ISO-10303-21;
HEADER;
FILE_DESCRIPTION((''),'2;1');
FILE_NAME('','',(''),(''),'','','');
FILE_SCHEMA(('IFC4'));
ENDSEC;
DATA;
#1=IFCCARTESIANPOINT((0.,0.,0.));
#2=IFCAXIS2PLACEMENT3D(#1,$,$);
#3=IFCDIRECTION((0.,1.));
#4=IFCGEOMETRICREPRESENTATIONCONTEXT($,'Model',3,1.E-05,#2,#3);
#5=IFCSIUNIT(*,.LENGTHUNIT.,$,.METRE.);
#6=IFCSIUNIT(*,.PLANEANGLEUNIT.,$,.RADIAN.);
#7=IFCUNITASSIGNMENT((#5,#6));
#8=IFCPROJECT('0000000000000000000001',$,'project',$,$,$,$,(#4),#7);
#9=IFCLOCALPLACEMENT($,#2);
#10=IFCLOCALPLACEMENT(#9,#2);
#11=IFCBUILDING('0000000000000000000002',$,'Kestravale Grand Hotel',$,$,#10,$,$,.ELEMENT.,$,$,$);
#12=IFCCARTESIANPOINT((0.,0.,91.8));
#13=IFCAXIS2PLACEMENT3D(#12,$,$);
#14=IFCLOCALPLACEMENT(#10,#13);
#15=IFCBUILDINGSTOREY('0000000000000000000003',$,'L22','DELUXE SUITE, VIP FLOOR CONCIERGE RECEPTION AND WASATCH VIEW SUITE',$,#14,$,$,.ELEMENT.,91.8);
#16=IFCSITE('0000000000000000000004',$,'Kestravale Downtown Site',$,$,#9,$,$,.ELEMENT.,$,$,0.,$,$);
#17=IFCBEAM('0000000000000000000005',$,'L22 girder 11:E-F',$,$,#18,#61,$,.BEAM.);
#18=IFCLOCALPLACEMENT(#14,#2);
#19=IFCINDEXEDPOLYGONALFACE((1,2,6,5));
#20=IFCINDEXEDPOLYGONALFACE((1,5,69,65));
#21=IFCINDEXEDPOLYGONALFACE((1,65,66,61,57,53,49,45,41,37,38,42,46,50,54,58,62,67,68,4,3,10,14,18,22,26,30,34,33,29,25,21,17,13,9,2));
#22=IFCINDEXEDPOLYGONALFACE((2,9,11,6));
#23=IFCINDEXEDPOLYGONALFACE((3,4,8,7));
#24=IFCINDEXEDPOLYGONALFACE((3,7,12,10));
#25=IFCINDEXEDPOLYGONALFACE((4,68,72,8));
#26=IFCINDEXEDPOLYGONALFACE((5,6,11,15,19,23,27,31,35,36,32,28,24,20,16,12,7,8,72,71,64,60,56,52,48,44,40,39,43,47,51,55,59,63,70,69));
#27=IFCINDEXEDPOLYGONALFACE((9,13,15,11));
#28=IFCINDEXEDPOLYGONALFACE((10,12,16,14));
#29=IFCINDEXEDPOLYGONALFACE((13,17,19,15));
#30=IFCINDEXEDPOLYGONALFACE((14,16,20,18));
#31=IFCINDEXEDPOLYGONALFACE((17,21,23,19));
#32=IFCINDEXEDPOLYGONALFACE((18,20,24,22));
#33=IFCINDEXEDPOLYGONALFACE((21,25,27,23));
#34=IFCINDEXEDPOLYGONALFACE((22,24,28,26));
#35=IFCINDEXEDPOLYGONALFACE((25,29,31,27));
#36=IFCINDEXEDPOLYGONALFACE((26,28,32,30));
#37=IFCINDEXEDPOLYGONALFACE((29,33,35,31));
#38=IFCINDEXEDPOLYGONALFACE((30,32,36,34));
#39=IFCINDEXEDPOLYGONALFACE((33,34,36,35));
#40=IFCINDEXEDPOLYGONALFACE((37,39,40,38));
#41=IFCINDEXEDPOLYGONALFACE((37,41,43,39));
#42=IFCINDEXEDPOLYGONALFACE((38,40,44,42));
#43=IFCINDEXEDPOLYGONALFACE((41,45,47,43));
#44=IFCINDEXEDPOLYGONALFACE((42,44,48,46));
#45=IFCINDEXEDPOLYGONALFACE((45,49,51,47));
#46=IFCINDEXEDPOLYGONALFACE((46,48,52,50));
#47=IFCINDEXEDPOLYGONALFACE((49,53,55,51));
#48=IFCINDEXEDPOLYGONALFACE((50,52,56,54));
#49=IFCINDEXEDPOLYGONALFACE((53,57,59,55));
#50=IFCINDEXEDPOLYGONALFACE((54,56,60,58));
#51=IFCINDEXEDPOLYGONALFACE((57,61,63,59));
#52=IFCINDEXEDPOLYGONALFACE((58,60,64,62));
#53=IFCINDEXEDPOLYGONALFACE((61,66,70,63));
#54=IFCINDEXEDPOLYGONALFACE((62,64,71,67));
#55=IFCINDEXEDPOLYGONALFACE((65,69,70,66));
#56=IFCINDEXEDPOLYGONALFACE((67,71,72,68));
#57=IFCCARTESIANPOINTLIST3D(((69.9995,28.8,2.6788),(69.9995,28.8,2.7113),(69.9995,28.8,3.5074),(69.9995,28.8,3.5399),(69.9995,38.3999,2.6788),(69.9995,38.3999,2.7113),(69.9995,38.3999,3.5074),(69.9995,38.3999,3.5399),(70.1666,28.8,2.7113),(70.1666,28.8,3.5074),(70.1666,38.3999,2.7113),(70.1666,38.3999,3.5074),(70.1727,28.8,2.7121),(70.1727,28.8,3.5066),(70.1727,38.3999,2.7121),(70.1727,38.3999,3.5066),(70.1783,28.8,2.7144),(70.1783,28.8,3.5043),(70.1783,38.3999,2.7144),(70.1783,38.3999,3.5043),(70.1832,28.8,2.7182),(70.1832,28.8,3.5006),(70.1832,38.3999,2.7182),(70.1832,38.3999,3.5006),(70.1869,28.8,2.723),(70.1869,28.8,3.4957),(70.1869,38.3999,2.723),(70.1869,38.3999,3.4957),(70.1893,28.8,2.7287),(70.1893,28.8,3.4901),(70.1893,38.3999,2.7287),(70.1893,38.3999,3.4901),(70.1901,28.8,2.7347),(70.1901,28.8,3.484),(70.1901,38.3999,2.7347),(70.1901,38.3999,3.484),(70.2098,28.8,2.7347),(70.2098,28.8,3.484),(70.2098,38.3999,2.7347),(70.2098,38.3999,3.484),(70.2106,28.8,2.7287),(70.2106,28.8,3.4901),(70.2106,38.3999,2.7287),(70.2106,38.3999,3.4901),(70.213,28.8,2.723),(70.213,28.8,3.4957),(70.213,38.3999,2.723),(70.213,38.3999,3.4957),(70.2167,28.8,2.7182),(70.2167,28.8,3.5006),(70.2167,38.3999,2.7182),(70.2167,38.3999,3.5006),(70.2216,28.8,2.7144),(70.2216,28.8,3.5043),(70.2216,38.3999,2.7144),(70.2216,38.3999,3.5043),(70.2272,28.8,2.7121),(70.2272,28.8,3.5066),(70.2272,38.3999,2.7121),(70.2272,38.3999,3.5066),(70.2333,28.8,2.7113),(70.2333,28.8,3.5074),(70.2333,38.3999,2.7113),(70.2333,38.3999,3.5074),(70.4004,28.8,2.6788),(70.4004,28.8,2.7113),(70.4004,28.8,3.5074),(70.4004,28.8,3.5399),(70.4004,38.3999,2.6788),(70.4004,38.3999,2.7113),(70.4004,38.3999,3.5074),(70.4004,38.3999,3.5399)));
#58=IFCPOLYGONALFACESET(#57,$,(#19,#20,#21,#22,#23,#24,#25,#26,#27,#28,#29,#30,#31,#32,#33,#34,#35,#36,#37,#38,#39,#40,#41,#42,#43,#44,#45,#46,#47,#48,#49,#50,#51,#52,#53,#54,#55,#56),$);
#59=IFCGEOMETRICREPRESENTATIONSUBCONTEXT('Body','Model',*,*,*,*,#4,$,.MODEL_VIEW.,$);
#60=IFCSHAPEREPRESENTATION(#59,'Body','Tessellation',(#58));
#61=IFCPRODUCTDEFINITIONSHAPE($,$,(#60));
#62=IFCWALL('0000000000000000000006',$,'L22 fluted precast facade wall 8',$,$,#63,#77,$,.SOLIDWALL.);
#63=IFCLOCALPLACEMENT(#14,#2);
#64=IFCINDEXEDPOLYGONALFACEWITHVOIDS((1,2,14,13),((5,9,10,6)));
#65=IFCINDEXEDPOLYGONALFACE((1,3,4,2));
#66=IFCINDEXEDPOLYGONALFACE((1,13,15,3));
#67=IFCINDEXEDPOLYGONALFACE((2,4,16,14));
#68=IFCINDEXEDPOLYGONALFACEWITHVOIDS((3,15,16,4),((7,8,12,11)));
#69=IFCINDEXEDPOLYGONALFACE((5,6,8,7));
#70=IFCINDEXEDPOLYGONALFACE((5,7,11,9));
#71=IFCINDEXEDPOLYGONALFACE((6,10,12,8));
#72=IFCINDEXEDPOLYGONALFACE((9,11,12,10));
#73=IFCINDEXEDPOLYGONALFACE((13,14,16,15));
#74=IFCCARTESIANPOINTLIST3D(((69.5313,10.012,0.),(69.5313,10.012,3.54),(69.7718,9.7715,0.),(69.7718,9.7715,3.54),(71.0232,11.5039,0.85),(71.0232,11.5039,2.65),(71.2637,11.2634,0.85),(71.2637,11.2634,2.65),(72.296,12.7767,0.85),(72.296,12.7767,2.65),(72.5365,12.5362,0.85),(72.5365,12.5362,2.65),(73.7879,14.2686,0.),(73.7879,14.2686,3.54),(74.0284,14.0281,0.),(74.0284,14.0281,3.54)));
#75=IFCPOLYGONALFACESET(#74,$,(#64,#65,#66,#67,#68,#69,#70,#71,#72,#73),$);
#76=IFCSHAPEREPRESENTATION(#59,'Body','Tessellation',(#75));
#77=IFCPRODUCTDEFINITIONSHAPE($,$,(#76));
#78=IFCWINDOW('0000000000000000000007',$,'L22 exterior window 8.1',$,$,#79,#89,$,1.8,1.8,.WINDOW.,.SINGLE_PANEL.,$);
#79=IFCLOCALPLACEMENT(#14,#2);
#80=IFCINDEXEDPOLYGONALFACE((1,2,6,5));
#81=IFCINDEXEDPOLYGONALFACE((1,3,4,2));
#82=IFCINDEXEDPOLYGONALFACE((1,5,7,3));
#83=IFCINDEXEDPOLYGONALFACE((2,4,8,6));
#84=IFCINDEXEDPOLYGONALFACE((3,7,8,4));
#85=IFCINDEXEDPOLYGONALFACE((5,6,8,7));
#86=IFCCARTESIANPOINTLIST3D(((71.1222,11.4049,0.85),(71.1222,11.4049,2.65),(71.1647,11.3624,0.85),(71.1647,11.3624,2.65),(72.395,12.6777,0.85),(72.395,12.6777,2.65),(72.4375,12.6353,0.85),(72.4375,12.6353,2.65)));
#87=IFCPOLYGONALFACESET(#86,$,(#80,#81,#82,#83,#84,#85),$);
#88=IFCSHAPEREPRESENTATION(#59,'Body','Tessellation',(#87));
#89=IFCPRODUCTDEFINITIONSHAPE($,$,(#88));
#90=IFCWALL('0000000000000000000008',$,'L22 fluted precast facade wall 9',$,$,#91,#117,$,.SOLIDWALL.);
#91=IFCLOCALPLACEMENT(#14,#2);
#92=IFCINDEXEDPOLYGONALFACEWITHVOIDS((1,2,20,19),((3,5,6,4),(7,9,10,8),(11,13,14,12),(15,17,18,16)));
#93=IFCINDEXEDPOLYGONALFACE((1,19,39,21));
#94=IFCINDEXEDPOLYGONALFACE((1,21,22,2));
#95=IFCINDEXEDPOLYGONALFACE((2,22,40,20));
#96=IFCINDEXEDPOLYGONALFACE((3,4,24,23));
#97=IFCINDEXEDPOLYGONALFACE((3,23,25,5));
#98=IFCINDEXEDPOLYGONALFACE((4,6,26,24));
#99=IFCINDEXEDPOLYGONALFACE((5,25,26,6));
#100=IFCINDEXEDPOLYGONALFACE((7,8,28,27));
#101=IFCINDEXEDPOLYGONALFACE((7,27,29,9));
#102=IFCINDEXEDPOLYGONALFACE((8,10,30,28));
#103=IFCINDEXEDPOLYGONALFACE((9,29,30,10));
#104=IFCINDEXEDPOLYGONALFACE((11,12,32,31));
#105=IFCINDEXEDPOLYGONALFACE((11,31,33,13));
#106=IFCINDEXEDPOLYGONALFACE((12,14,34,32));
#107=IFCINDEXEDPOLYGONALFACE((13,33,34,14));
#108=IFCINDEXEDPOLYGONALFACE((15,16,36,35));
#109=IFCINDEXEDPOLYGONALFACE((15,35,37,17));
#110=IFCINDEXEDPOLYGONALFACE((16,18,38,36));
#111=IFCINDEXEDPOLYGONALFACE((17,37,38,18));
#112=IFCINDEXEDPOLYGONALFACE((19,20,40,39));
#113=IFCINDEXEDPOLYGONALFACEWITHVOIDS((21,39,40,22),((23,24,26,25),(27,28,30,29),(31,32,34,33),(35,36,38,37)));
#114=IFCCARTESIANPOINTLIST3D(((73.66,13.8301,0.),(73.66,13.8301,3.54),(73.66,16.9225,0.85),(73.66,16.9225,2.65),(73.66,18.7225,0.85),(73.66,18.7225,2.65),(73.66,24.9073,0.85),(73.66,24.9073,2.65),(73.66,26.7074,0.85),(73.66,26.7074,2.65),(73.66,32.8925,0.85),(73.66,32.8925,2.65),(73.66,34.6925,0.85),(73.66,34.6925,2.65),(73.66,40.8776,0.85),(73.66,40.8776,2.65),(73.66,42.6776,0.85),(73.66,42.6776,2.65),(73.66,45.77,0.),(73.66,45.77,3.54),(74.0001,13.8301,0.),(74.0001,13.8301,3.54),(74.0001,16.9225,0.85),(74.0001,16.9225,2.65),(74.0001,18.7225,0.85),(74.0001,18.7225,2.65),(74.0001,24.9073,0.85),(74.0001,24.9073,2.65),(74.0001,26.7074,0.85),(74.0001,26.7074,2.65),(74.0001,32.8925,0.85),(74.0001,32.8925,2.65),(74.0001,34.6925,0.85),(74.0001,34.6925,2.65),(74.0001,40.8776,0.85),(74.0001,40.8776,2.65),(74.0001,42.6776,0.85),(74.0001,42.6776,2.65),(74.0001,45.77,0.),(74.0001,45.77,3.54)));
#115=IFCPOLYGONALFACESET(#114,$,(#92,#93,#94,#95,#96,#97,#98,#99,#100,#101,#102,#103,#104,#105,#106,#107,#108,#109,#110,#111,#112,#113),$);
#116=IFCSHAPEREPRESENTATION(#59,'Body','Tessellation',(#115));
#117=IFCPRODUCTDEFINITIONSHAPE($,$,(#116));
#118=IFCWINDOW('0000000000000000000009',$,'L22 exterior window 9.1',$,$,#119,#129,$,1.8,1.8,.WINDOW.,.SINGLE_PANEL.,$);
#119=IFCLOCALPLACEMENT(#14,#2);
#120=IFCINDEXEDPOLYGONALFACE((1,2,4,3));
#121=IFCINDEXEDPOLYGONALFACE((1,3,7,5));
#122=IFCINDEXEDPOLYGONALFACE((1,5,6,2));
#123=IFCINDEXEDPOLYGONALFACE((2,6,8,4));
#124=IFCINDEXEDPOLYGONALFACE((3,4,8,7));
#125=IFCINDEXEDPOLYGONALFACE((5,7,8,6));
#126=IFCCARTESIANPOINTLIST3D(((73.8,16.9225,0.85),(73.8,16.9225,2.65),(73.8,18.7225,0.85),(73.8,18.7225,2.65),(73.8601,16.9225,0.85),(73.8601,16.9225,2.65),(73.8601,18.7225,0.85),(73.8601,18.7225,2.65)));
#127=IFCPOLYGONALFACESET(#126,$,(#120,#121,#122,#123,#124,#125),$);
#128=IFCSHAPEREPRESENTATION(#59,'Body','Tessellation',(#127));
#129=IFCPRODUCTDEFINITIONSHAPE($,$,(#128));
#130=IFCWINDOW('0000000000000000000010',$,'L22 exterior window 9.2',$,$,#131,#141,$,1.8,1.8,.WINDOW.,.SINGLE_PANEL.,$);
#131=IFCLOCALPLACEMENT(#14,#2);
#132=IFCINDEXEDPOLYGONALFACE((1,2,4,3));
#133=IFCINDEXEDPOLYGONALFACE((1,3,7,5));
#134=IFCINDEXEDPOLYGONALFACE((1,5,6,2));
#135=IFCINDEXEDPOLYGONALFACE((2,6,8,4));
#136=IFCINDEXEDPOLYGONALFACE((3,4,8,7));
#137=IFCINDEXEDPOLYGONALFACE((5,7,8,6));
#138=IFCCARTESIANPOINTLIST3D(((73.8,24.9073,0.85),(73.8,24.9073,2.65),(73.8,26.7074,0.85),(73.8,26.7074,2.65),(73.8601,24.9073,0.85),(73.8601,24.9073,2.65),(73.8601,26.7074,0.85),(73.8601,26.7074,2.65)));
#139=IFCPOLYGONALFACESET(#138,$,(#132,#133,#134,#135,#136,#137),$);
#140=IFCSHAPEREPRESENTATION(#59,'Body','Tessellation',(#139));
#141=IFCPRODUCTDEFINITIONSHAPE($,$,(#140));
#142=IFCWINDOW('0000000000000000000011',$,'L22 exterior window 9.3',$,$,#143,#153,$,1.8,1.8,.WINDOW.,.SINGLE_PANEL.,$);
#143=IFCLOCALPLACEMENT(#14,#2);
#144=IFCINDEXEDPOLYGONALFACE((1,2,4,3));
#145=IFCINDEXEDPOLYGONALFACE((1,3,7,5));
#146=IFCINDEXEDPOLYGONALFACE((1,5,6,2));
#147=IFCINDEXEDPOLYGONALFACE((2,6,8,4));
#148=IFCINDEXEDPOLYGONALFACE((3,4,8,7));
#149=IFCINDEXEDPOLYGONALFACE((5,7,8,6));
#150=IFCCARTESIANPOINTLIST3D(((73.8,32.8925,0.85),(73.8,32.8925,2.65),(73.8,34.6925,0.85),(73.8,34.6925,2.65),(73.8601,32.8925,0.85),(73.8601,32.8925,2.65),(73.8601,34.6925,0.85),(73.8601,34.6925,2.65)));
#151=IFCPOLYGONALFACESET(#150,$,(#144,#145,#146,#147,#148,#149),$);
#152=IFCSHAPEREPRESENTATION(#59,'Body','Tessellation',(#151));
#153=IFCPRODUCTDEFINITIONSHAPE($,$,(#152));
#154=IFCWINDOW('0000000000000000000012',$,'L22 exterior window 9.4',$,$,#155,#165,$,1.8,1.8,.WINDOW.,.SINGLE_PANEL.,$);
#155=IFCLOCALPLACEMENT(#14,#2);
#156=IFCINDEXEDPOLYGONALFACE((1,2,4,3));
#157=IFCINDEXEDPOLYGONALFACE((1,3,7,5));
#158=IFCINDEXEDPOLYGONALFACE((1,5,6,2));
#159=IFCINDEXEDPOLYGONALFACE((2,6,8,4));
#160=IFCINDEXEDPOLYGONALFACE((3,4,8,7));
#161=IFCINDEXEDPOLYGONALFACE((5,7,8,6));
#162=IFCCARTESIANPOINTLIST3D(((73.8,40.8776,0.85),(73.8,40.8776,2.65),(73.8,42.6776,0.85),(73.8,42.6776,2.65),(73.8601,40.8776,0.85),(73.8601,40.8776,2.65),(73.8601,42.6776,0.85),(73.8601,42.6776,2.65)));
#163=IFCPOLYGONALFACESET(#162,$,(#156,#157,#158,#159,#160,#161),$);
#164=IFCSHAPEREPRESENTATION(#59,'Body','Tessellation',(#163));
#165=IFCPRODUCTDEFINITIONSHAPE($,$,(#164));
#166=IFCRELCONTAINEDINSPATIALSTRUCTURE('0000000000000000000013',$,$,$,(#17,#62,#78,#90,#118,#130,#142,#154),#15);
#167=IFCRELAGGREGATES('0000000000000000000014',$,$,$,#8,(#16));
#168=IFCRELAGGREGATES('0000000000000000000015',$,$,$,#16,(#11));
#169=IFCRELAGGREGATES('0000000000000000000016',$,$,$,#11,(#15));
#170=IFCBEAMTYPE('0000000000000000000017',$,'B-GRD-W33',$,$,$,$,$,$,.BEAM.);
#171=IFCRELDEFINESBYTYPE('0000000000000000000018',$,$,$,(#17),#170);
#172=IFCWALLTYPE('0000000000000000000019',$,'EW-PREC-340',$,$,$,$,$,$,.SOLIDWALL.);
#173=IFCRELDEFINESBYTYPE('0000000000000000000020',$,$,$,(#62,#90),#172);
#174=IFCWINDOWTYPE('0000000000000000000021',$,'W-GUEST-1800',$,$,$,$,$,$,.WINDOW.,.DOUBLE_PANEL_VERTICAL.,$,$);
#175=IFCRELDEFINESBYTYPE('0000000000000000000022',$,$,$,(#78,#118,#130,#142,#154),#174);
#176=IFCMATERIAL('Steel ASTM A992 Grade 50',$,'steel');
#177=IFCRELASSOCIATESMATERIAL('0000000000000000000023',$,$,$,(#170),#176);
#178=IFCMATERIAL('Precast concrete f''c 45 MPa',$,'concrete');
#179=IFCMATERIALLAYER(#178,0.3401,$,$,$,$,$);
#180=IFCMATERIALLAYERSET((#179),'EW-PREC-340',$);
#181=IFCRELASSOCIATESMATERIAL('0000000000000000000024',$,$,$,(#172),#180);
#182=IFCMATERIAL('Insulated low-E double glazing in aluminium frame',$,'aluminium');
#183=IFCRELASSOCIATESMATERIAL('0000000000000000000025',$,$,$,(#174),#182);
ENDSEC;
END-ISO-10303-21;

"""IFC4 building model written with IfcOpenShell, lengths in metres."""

from ifc_helpers import new_model, si_unit, direction, frame, frame_2d, origin, origin_2d, place, context, subcontext, project, spatial, rectangle, i_section, extrude, material, layer, layer_set, material_profile, profile_set, type_object, element, fill, save


model = new_model("IFC4")

# Units and contexts
model_context = context("Model", 3, precision=1e-05, world=origin(), true_north=direction((0.0, 1.0)))
body_context = subcontext(model_context, "Body", "Model", "MODEL_VIEW")
ifc_project = project(units=[si_unit("LENGTHUNIT", "METRE"), si_unit("PLANEANGLEUNIT", "RADIAN")], contexts=[model_context])

# Site, building, storey
site_placement = place(None, origin())
site = spatial("IfcSite", under=ifc_project, at=site_placement, Name="Kestravale Downtown Site", CompositionType="ELEMENT", RefElevation=0.0)
building_placement = place(site_placement, origin())
building = spatial("IfcBuilding", under=site, at=building_placement, Name="Kestravale Grand Hotel", CompositionType="ELEMENT")
storey_placement = place(building_placement, frame((0.0, 0.0, 91.8)))
storey = spatial("IfcBuildingStorey", under=building, at=storey_placement, Name="L22", Description="DELUXE SUITE, VIP FLOOR CONCIERGE RECEPTION AND WASATCH VIEW SUITE", CompositionType="ELEMENT", Elevation=91.8)

# Beam
ifc_material_1 = material(Name="Steel ASTM A992 Grade 50", Category="steel")
ifc_material_profile_1 = material_profile(ifc_material_1, i_section(OverallWidth=0.4009, OverallDepth=0.8611, WebThickness=0.0198, FlangeThickness=0.0325, FilletRadius=0.0234, at=origin_2d()))
ifc_profile_set_1 = profile_set([ifc_material_profile_1], Name="Steel ASTM A992 Grade 50")
beam_type_1 = type_object("IfcBeamType", Name="B-GRD-W33", PredefinedType="BEAM", material=ifc_profile_set_1)
beam_1_placement = place(storey_placement, frame((70.2, 28.8, 3.1094), z_axis=(0.0, 1.0, 0.0), x_axis=(-1.0, 0.0, 0.0)))
element("IfcBeam", 1, at=beam_1_placement, inside=storey, type_object=beam_type_1, Name="L22 girder 11:E-F", PredefinedType="BEAM", context=body_context, shape_type="SweptSolid", body=[
    extrude(i_section(OverallWidth=0.4009, OverallDepth=0.8611, WebThickness=0.0198, FlangeThickness=0.0325, FilletRadius=0.0234, at=origin_2d()), origin(), (0.0, 0.0, 1.0), 9.5999),
])

# Wall, opening, window
ifc_material_2 = material(Name="Precast concrete f'c 45 MPa", Category="concrete")
ifc_layer_1 = layer(ifc_material_2, 0.3401)
ifc_layer_set_1 = layer_set([ifc_layer_1], Name="EW-PREC-340")
wall_type_1 = type_object("IfcWallType", Name="EW-PREC-340", PredefinedType="SOLIDWALL", material=ifc_layer_set_1)
wall_1_placement = place(storey_placement, frame((69.6516, 9.8918, 0.0), z_axis=(0.0, 0.0, 1.0), x_axis=(0.707107, 0.707107, 0.0)))
wall_1 = element("IfcWall", 2, at=wall_1_placement, inside=storey, type_object=wall_type_1, Name="L22 fluted precast facade wall 8", PredefinedType="SOLIDWALL", context=body_context, shape_type="SweptSolid", body=[
    extrude(rectangle(XDim=6.0198, YDim=0.3401, at=frame_2d((3.0098, 0.0))), origin(), (0.0, 0.0, 1.0), 3.54),
])
opening_1_placement = place(wall_1_placement, frame((2.1099, 0.0, 0.8501)))
opening_1 = element("IfcOpeningElement", 3, at=opening_1_placement, cuts=wall_1, PredefinedType="OPENING", context=body_context, shape_type="SweptSolid", body=[
    extrude(rectangle(XDim=1.8, YDim=1.8, at=frame_2d((0.8999, 0.8999))), frame((0.0, 0.1799, 0.0), z_axis=(0.0, -1.0, 0.0), x_axis=(1.0, 0.0, 0.0)), (0.0, 0.0, 1.0), 0.3601),
])
ifc_material_3 = material(Name="Insulated low-E double glazing in aluminium frame", Category="aluminium")
window_type = type_object("IfcWindowType", Name="W-GUEST-1800", PartitioningType="DOUBLE_PANEL_VERTICAL", PredefinedType="WINDOW", material=ifc_material_3)
window_1_placement = place(opening_1_placement, origin())
window_1 = element("IfcWindow", 4, at=window_1_placement, inside=storey, type_object=window_type, Name="L22 exterior window 8.1", OverallHeight=1.8, OverallWidth=1.8, PartitioningType="SINGLE_PANEL", PredefinedType="WINDOW", context=body_context, shape_type="SweptSolid", body=[
    extrude(rectangle(XDim=1.8, YDim=1.8, at=frame_2d((0.8999, 0.8999))), frame((0.0, 0.03, 0.0), z_axis=(0.0, -1.0, 0.0), x_axis=(1.0, 0.0, 0.0)), (0.0, 0.0, 1.0), 0.0601),
])
fill(opening_1, window_1)

# Wall, openings, windows
wall_2_placement = place(storey_placement, frame((73.8301, 13.8301, 0.0), z_axis=(0.0, 0.0, 1.0), x_axis=(0.0, 1.0, 0.0)))
wall_2 = element("IfcWall", 5, at=wall_2_placement, inside=storey, type_object=wall_type_1, Name="L22 fluted precast facade wall 9", PredefinedType="SOLIDWALL", context=body_context, shape_type="SweptSolid", body=[
    extrude(rectangle(XDim=31.9399, YDim=0.3401, at=frame_2d((15.97, 0.0))), origin(), (0.0, 0.0, 1.0), 3.54),
])
opening_2_placement = place(wall_2_placement, frame((3.0925, 0.0, 0.8501)))
opening_2 = element("IfcOpeningElement", 6, at=opening_2_placement, cuts=wall_2, PredefinedType="OPENING", context=body_context, shape_type="SweptSolid", body=[
    extrude(rectangle(XDim=1.8, YDim=1.8, at=frame_2d((0.8999, 0.8999))), frame((0.0, 0.1799, 0.0), z_axis=(0.0, -1.0, 0.0), x_axis=(1.0, 0.0, 0.0)), (0.0, 0.0, 1.0), 0.3601),
])
opening_3_placement = place(wall_2_placement, frame((11.0774, 0.0, 0.8501)))
opening_3 = element("IfcOpeningElement", 7, at=opening_3_placement, cuts=wall_2, PredefinedType="OPENING", context=body_context, shape_type="SweptSolid", body=[
    extrude(rectangle(XDim=1.8, YDim=1.8, at=frame_2d((0.8999, 0.8999))), frame((0.0, 0.1799, 0.0), z_axis=(0.0, -1.0, 0.0), x_axis=(1.0, 0.0, 0.0)), (0.0, 0.0, 1.0), 0.3601),
])
opening_4_placement = place(wall_2_placement, frame((19.0625, 0.0, 0.8501)))
opening_4 = element("IfcOpeningElement", 8, at=opening_4_placement, cuts=wall_2, PredefinedType="OPENING", context=body_context, shape_type="SweptSolid", body=[
    extrude(rectangle(XDim=1.8, YDim=1.8, at=frame_2d((0.8999, 0.8999))), frame((0.0, 0.1799, 0.0), z_axis=(0.0, -1.0, 0.0), x_axis=(1.0, 0.0, 0.0)), (0.0, 0.0, 1.0), 0.3601),
])
opening_5_placement = place(wall_2_placement, frame((27.0476, 0.0, 0.8501)))
opening_5 = element("IfcOpeningElement", 9, at=opening_5_placement, cuts=wall_2, PredefinedType="OPENING", context=body_context, shape_type="SweptSolid", body=[
    extrude(rectangle(XDim=1.8, YDim=1.8, at=frame_2d((0.8999, 0.8999))), frame((0.0, 0.1799, 0.0), z_axis=(0.0, -1.0, 0.0), x_axis=(1.0, 0.0, 0.0)), (0.0, 0.0, 1.0), 0.3601),
])
window_2_placement = place(opening_2_placement, origin())
window_2 = element("IfcWindow", 10, at=window_2_placement, inside=storey, type_object=window_type, Name="L22 exterior window 9.1", OverallHeight=1.8, OverallWidth=1.8, PartitioningType="SINGLE_PANEL", PredefinedType="WINDOW", context=body_context, shape_type="SweptSolid", body=[
    extrude(rectangle(XDim=1.8, YDim=1.8, at=frame_2d((0.8999, 0.8999))), frame((0.0, 0.03, 0.0), z_axis=(0.0, -1.0, 0.0), x_axis=(1.0, 0.0, 0.0)), (0.0, 0.0, 1.0), 0.0601),
])
fill(opening_2, window_2)
window_3_placement = place(opening_3_placement, origin())
window_3 = element("IfcWindow", 11, at=window_3_placement, inside=storey, type_object=window_type, Name="L22 exterior window 9.2", OverallHeight=1.8, OverallWidth=1.8, PartitioningType="SINGLE_PANEL", PredefinedType="WINDOW", context=body_context, shape_type="SweptSolid", body=[
    extrude(rectangle(XDim=1.8, YDim=1.8, at=frame_2d((0.8999, 0.8999))), frame((0.0, 0.03, 0.0), z_axis=(0.0, -1.0, 0.0), x_axis=(1.0, 0.0, 0.0)), (0.0, 0.0, 1.0), 0.0601),
])
fill(opening_3, window_3)
window_4_placement = place(opening_4_placement, origin())
window_4 = element("IfcWindow", 12, at=window_4_placement, inside=storey, type_object=window_type, Name="L22 exterior window 9.3", OverallHeight=1.8, OverallWidth=1.8, PartitioningType="SINGLE_PANEL", PredefinedType="WINDOW", context=body_context, shape_type="SweptSolid", body=[
    extrude(rectangle(XDim=1.8, YDim=1.8, at=frame_2d((0.8999, 0.8999))), frame((0.0, 0.03, 0.0), z_axis=(0.0, -1.0, 0.0), x_axis=(1.0, 0.0, 0.0)), (0.0, 0.0, 1.0), 0.0601),
])
fill(opening_4, window_4)
window_5_placement = place(opening_5_placement, origin())
window_5 = element("IfcWindow", 13, at=window_5_placement, inside=storey, type_object=window_type, Name="L22 exterior window 9.4", OverallHeight=1.8, OverallWidth=1.8, PartitioningType="SINGLE_PANEL", PredefinedType="WINDOW", context=body_context, shape_type="SweptSolid", body=[
    extrude(rectangle(XDim=1.8, YDim=1.8, at=frame_2d((0.8999, 0.8999))), frame((0.0, 0.03, 0.0), z_axis=(0.0, -1.0, 0.0), x_axis=(1.0, 0.0, 0.0)), (0.0, 0.0, 1.0), 0.0601),
])
fill(opening_5, window_5)

save(model, "model.ifc")
